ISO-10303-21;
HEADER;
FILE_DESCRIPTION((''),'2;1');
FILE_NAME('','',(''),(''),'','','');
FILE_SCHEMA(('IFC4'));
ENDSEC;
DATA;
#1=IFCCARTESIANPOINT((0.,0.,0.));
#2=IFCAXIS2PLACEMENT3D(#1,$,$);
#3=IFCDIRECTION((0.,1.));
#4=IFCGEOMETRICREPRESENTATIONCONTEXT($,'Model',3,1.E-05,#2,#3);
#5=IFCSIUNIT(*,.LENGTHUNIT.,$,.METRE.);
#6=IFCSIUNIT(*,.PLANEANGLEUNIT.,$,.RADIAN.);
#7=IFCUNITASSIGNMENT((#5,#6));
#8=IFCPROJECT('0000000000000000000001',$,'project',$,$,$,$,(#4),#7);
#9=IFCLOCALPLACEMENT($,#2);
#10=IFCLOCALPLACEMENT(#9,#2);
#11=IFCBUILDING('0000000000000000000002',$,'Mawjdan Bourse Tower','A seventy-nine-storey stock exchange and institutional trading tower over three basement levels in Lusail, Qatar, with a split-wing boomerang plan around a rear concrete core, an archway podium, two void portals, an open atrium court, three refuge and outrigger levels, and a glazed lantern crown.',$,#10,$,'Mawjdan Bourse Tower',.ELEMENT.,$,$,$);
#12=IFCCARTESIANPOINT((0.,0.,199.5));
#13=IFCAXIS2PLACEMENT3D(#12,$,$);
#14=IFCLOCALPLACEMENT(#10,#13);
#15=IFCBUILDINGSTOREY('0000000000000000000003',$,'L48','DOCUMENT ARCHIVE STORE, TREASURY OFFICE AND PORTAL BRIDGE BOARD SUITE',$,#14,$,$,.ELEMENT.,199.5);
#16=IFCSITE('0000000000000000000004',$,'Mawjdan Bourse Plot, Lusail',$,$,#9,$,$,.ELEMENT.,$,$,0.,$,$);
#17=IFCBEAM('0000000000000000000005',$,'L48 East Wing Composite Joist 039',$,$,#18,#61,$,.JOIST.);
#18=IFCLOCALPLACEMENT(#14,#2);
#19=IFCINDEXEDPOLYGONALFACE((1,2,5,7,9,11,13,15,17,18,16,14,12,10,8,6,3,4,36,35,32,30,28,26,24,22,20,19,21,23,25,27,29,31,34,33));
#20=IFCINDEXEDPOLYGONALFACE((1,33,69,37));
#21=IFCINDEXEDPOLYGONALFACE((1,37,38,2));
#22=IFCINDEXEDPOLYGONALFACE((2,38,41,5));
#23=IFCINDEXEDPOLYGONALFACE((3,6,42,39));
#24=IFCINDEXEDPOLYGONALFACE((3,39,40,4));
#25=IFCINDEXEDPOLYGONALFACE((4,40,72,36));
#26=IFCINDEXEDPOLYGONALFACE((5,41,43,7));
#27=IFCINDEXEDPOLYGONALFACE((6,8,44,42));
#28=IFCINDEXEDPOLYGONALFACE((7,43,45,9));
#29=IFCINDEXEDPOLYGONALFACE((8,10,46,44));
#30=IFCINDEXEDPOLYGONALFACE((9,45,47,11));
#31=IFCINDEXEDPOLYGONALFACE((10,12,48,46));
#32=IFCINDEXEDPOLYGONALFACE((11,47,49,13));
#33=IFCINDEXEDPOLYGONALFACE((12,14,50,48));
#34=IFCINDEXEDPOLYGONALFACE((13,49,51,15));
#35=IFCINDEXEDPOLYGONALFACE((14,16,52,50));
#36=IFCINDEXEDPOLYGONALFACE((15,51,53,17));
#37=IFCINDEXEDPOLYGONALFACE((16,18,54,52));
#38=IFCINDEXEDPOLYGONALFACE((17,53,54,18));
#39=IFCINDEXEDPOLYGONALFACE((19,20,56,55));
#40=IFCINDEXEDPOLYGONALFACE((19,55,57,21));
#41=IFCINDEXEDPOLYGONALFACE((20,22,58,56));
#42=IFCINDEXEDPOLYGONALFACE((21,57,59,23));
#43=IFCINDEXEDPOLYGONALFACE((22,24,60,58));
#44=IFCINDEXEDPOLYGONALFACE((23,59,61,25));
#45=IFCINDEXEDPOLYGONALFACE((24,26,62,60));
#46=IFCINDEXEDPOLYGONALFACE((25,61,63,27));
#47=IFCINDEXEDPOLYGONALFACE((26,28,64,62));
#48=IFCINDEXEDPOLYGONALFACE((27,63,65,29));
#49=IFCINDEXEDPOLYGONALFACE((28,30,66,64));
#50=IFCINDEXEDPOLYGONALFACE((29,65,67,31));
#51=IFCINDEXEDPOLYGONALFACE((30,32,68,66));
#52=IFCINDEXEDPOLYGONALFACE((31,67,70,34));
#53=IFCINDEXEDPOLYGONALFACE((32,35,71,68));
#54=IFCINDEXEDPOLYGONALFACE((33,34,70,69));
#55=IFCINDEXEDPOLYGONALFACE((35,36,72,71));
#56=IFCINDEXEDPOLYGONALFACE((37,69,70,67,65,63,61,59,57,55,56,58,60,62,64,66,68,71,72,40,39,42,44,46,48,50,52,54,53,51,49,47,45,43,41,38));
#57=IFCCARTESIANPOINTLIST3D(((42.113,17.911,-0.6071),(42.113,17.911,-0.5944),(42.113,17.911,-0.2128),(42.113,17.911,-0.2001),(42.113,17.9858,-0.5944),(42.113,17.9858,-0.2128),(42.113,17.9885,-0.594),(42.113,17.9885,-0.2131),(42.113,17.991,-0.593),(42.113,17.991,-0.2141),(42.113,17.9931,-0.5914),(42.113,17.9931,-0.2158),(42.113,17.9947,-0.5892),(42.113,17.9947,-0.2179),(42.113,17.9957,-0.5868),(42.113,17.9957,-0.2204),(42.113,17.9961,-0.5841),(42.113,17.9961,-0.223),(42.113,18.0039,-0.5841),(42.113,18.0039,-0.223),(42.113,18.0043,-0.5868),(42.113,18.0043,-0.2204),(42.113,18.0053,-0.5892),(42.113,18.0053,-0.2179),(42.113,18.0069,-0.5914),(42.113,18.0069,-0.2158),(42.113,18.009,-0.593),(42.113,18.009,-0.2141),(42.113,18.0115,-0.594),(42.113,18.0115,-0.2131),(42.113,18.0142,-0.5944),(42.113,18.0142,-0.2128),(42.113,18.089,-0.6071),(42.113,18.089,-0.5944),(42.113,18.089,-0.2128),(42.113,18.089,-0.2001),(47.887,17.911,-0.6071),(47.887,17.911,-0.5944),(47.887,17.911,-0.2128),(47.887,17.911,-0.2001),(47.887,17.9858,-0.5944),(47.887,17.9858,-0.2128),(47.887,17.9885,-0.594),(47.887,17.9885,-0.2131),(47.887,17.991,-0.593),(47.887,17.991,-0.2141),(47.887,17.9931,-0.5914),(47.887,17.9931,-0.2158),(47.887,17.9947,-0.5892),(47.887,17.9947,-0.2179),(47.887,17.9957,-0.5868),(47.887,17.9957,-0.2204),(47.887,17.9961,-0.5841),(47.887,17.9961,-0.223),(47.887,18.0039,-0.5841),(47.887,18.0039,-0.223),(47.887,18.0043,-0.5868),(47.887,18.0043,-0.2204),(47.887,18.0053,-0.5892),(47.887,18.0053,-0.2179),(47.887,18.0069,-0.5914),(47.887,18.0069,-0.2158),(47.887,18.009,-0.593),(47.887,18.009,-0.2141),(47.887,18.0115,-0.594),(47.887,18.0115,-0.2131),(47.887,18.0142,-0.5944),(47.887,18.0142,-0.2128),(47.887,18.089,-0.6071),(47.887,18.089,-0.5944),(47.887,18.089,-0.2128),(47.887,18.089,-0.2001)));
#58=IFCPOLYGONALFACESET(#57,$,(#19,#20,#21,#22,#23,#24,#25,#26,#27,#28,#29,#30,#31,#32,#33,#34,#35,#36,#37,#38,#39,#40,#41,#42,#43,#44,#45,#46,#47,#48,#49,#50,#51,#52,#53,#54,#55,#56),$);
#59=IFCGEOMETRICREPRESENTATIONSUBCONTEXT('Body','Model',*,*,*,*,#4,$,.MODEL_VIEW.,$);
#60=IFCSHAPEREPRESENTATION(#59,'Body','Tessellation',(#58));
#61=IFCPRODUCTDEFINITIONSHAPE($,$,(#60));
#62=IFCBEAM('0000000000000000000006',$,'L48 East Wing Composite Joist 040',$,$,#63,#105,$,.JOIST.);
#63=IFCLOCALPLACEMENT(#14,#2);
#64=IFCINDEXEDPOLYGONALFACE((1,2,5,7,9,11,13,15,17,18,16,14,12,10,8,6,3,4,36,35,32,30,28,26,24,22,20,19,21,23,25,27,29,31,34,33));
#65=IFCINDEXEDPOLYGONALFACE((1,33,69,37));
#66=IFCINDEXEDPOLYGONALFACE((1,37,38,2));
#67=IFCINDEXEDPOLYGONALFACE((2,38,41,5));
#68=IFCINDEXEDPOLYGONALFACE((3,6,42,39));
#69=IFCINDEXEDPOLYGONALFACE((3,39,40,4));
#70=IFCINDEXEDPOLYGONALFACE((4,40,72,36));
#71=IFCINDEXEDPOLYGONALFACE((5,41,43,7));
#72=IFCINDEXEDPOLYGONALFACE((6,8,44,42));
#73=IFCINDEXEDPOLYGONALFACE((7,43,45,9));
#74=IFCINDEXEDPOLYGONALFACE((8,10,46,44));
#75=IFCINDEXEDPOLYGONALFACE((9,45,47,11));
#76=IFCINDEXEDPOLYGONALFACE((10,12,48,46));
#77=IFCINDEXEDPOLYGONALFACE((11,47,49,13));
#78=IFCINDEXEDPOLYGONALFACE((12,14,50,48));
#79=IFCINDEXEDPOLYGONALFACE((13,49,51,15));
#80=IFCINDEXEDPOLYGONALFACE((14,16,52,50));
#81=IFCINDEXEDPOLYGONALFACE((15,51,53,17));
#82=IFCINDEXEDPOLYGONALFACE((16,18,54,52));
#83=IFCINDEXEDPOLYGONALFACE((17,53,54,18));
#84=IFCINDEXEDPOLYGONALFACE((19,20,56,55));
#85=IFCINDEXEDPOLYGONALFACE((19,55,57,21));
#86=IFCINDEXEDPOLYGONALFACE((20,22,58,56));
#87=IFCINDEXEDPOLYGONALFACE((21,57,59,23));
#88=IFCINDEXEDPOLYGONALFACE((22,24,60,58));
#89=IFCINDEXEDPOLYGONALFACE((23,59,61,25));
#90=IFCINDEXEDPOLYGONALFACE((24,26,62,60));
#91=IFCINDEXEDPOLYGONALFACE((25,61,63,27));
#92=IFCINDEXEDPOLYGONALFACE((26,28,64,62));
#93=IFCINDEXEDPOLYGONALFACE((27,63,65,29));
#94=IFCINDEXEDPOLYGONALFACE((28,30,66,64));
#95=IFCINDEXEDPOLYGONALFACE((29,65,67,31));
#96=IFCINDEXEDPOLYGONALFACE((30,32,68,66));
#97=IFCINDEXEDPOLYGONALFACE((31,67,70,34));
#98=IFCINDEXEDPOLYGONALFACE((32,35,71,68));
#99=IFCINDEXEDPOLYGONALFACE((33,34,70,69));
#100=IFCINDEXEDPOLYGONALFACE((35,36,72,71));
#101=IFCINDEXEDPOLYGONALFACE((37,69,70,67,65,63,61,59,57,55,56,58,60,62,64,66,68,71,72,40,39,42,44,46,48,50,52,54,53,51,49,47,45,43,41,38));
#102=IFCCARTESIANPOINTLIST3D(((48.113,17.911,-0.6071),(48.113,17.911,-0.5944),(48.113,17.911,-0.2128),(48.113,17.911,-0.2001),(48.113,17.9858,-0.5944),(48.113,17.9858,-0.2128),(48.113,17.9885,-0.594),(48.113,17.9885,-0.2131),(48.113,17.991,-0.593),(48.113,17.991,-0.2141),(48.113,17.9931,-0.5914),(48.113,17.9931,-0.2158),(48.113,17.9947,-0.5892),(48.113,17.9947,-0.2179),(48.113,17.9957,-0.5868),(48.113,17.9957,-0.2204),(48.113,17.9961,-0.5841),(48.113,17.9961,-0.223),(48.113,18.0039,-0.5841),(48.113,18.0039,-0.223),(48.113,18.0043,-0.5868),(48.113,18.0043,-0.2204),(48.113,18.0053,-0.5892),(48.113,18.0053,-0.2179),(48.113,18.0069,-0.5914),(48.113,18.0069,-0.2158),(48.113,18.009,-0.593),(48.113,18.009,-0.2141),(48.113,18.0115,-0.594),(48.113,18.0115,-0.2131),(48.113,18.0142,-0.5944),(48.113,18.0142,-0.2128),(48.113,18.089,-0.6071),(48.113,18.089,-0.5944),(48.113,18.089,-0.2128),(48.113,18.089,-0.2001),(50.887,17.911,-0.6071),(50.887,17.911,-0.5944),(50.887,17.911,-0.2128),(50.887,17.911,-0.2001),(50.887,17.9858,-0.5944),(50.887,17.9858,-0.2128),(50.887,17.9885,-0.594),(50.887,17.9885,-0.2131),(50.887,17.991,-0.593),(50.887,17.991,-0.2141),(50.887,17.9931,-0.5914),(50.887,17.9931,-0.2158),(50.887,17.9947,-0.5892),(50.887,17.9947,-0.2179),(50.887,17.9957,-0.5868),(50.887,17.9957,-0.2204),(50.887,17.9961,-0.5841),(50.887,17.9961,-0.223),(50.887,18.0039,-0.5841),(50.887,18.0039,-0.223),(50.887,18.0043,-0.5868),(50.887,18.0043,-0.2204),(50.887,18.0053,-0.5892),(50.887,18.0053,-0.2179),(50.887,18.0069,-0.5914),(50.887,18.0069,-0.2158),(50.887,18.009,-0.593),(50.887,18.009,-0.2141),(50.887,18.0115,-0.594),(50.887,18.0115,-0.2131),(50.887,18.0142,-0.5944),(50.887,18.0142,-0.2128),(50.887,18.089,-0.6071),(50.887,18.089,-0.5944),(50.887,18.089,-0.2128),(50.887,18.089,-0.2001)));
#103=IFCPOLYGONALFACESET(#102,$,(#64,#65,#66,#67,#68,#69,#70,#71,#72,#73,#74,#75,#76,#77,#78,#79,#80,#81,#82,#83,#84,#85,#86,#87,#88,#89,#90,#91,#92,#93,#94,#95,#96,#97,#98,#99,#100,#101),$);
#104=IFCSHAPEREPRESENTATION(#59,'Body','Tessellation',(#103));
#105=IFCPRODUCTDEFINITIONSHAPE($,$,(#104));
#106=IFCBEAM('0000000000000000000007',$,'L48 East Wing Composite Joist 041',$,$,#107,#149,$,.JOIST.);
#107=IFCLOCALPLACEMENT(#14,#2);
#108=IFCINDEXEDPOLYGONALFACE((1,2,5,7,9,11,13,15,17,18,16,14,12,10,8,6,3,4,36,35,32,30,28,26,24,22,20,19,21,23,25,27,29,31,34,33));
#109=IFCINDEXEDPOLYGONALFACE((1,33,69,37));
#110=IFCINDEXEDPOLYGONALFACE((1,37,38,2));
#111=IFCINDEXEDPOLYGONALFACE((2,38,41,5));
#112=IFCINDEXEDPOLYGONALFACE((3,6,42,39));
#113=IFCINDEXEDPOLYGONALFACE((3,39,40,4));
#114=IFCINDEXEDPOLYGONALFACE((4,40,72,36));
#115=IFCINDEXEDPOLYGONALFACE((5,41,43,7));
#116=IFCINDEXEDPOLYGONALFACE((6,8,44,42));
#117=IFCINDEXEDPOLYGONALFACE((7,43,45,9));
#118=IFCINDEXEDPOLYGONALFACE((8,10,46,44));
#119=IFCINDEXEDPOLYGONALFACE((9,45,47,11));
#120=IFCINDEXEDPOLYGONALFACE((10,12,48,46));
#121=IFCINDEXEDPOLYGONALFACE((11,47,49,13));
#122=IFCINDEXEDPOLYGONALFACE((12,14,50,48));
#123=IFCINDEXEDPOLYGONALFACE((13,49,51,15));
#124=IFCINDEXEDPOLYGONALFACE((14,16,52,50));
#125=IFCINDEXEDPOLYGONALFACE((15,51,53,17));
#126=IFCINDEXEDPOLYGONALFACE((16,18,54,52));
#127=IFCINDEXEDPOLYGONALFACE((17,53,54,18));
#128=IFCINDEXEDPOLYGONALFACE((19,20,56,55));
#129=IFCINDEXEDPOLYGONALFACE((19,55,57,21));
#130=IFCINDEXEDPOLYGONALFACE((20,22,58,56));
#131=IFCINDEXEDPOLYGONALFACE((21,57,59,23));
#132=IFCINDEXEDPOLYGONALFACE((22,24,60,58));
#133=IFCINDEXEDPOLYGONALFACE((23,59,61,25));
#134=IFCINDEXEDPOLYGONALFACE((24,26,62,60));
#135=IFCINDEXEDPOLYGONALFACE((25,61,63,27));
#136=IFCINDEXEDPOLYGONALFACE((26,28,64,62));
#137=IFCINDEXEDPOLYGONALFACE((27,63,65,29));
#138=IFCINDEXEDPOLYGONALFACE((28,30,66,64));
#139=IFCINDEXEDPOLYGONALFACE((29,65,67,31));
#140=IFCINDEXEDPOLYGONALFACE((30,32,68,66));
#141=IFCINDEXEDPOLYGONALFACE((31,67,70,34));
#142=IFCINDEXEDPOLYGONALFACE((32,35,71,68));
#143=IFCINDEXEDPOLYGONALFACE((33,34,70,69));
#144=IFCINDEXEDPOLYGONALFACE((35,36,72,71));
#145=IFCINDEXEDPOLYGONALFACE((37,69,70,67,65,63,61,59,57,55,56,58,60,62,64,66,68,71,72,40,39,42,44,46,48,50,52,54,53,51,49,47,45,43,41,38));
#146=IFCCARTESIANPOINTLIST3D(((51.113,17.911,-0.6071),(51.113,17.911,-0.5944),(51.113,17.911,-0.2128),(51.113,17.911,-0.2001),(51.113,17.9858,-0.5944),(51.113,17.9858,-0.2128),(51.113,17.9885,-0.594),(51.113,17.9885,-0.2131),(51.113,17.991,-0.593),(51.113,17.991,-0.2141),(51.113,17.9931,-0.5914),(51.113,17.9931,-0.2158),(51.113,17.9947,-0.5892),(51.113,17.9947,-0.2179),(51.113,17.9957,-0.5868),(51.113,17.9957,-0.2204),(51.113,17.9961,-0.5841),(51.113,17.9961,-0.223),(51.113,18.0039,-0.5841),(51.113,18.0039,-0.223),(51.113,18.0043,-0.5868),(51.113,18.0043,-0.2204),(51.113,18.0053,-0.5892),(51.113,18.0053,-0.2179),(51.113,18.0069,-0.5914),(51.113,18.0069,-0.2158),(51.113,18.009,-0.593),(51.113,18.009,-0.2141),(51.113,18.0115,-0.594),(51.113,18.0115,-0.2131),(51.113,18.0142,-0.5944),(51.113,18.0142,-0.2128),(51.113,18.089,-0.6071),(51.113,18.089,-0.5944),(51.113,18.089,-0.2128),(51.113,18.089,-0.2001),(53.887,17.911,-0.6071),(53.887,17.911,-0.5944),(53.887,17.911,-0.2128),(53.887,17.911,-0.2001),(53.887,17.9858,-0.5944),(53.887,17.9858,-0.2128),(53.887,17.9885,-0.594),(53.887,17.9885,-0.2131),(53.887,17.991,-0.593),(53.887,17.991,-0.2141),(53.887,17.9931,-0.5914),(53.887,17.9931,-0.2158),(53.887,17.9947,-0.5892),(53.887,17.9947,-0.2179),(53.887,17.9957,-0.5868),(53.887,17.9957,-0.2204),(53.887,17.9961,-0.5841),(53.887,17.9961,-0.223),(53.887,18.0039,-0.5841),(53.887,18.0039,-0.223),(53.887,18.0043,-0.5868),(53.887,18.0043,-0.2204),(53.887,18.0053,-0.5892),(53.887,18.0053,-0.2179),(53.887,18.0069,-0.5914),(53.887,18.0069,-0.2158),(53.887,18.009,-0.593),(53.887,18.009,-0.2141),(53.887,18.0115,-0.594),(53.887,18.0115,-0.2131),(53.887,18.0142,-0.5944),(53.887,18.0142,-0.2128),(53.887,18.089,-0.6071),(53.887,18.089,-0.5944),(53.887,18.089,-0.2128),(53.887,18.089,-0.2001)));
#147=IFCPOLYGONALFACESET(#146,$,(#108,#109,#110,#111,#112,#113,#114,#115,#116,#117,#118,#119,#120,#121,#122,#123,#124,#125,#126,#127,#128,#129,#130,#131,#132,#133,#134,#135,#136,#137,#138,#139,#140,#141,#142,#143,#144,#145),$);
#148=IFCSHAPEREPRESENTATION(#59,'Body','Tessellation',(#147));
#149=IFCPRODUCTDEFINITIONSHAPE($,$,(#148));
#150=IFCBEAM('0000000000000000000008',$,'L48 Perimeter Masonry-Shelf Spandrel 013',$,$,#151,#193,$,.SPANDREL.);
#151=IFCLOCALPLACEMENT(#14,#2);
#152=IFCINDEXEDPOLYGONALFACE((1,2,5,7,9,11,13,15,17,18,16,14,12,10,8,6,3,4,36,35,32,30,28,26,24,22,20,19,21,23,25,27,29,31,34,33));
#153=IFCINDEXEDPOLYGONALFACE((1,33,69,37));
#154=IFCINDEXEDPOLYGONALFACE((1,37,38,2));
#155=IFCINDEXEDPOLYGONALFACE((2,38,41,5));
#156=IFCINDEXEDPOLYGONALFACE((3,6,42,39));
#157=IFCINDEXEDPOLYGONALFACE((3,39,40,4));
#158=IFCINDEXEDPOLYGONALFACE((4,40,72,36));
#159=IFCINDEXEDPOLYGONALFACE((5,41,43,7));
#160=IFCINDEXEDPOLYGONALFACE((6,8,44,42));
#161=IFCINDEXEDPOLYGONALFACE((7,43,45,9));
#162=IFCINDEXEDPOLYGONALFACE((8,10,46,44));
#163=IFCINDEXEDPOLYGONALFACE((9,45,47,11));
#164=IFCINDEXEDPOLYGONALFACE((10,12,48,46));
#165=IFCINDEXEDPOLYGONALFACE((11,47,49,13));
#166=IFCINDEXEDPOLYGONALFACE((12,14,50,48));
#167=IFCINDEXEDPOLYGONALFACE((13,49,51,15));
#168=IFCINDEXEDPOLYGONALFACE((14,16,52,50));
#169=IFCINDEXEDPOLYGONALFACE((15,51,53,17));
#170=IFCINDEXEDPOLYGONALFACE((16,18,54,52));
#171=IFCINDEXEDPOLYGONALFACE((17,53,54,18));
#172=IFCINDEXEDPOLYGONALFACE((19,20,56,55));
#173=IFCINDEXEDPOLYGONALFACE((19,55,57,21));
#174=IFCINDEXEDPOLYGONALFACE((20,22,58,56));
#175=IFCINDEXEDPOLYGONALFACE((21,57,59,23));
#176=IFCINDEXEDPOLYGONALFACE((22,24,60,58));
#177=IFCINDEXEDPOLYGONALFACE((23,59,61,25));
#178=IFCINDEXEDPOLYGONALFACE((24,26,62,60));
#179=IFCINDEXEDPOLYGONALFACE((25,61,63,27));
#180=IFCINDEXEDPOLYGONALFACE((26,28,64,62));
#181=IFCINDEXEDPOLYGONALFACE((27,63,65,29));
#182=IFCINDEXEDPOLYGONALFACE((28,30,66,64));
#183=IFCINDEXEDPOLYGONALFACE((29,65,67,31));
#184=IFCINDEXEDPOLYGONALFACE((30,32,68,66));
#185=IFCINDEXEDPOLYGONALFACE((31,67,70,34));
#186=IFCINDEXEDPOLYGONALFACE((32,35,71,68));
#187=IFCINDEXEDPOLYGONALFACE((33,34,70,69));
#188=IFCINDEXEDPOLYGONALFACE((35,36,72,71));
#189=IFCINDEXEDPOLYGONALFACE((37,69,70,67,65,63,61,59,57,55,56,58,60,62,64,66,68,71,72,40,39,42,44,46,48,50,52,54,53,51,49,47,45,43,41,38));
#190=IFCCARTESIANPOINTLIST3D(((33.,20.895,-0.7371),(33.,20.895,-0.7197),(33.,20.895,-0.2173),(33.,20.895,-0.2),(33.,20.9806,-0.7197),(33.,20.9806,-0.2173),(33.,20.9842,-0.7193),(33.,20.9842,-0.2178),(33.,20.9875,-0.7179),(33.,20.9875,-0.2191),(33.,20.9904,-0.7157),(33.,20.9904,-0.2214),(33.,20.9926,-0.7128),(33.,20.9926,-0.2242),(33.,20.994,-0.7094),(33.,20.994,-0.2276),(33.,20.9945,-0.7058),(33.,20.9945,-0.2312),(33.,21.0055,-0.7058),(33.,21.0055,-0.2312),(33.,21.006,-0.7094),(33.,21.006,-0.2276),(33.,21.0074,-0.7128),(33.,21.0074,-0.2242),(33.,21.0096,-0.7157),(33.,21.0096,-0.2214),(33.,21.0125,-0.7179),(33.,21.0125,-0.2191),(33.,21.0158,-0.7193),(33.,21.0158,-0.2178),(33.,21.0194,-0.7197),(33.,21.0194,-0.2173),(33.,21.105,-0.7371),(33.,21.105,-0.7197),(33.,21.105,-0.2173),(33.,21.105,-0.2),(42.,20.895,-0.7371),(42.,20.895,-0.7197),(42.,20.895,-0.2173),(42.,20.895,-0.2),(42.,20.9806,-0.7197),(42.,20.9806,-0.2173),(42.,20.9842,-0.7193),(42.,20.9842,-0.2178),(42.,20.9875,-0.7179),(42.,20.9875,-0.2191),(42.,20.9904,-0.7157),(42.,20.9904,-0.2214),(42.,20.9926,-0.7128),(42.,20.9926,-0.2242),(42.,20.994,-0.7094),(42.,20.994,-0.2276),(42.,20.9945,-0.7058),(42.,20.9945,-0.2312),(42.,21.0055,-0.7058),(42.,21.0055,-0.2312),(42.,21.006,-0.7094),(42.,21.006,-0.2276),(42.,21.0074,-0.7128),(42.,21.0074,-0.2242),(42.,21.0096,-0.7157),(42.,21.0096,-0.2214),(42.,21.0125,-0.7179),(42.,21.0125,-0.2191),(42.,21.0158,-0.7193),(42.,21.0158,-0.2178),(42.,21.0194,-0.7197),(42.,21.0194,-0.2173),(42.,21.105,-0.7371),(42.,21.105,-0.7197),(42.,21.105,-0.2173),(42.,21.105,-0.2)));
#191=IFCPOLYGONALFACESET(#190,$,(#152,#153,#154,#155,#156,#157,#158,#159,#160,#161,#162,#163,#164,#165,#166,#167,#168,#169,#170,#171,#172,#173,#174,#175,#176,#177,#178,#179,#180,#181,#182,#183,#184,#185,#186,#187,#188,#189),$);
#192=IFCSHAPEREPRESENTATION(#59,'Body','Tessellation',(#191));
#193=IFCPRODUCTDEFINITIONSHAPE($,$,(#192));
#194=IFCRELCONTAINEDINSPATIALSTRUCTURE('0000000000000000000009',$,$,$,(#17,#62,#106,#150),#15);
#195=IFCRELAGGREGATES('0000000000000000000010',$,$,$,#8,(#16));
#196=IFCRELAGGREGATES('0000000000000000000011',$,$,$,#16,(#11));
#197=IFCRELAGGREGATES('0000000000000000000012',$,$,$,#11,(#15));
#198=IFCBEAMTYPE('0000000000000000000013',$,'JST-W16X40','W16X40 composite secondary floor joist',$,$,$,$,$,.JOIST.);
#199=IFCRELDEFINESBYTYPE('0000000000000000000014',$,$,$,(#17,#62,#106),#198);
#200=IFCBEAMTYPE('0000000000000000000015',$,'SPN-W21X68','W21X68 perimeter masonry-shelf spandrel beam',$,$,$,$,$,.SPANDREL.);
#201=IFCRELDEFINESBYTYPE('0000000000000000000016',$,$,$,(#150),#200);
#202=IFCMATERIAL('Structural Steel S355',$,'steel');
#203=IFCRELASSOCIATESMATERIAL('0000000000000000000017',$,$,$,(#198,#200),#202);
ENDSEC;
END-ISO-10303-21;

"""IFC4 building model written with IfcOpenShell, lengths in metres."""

from ifc_helpers import new_model, si_unit, direction, frame, origin, origin_2d, place, context, subcontext, project, spatial, i_section, extrude, material, material_profile, profile_set, type_object, element, save


model = new_model("IFC4")

# Units and contexts
model_context = context("Model", 3, precision=1e-05, world=origin(), true_north=direction((0.0, 1.0)))
body_context = subcontext(model_context, "Body", "Model", "MODEL_VIEW")
ifc_project = project(units=[si_unit("LENGTHUNIT", "METRE"), si_unit("PLANEANGLEUNIT", "RADIAN")], contexts=[model_context])

# Site, building, storey
site_placement = place(None, origin())
site = spatial("IfcSite", under=ifc_project, at=site_placement, Name="Mawjdan Bourse Plot, Lusail", CompositionType="ELEMENT", RefElevation=0.0)
building_placement = place(site_placement, origin())
building = spatial("IfcBuilding", under=site, at=building_placement, Name="Mawjdan Bourse Tower", Description="A seventy-nine-storey stock exchange and institutional trading tower over three basement levels in Lusail, Qatar, with a split-wing boomerang plan around a rear concrete core, an archway podium, two void portals, an open atrium court, three refuge and outrigger levels, and a glazed lantern crown.", LongName="Mawjdan Bourse Tower", CompositionType="ELEMENT")
storey_placement = place(building_placement, frame((0.0, 0.0, 199.5)))
storey = spatial("IfcBuildingStorey", under=building, at=storey_placement, Name="L48", Description="DOCUMENT ARCHIVE STORE, TREASURY OFFICE AND PORTAL BRIDGE BOARD SUITE", CompositionType="ELEMENT", Elevation=199.5)

# Shared definitions
ifc_material_1 = material(Name="Structural Steel S355", Category="steel")

# Beams
ifc_material_profile_1 = material_profile(ifc_material_1, i_section(OverallWidth=0.178, OverallDepth=0.407, WebThickness=0.0078, FlangeThickness=0.0127, FilletRadius=0.0103, at=origin_2d()), Name="W16X40")
ifc_profile_set_1 = profile_set([ifc_material_profile_1], Name="Structural Steel S355")
beam_type_1 = type_object("IfcBeamType", Name="JST-W16X40", Description="W16X40 composite secondary floor joist", PredefinedType="JOIST", material=ifc_profile_set_1)
beam_1_placement = place(storey_placement, frame((42.113, 18.0, -0.4036), z_axis=(1.0, 0.0, 0.0), x_axis=(0.0, 1.0, 0.0)))
element("IfcBeam", 1, at=beam_1_placement, inside=storey, type_object=beam_type_1, Name="L48 East Wing Composite Joist 039", PredefinedType="JOIST", context=body_context, shape_type="SweptSolid", body=[
    extrude(i_section(OverallWidth=0.178, OverallDepth=0.407, WebThickness=0.0078, FlangeThickness=0.0127, FilletRadius=0.0103, at=origin_2d()), origin(), (0.0, 0.0, 1.0), 5.7739),
])
for number, where, z_axis, x_axis, name in (
    (2, (48.113, 18.0, -0.4036), (1.0, 0.0, 0.0), (0.0, 1.0, 0.0), "L48 East Wing Composite Joist 040"),
    (3, (51.113, 18.0, -0.4036), (1.0, 0.0, 0.0), (0.0, 1.0, 0.0), "L48 East Wing Composite Joist 041"),
):
    element("IfcBeam", number, at=place(storey_placement, frame(where, z_axis=z_axis, x_axis=x_axis)), inside=storey, type_object=beam_type_1, Name=name, PredefinedType="JOIST", context=body_context, shape_type="SweptSolid", body=[
        extrude(i_section(OverallWidth=0.178, OverallDepth=0.407, WebThickness=0.0078, FlangeThickness=0.0127, FilletRadius=0.0103, at=origin_2d()), origin(), (0.0, 0.0, 1.0), 2.7739),
    ])
ifc_material_profile_2 = material_profile(ifc_material_1, i_section(OverallWidth=0.21, OverallDepth=0.5371, WebThickness=0.011, FlangeThickness=0.0173, FilletRadius=0.0139, at=origin_2d()), Name="W21X68")
ifc_profile_set_2 = profile_set([ifc_material_profile_2], Name="Structural Steel S355")
beam_type_2 = type_object("IfcBeamType", Name="SPN-W21X68", Description="W21X68 perimeter masonry-shelf spandrel beam", PredefinedType="SPANDREL", material=ifc_profile_set_2)
beam_2_placement = place(storey_placement, frame((33.0, 21.0, -0.4685), z_axis=(1.0, 0.0, 0.0), x_axis=(0.0, 1.0, 0.0)))
element("IfcBeam", 4, at=beam_2_placement, inside=storey, type_object=beam_type_2, Name="L48 Perimeter Masonry-Shelf Spandrel 013", PredefinedType="SPANDREL", context=body_context, shape_type="SweptSolid", body=[
    extrude(i_section(OverallWidth=0.21, OverallDepth=0.5371, WebThickness=0.011, FlangeThickness=0.0173, FilletRadius=0.0139, at=origin_2d()), origin(), (0.0, 0.0, 1.0), 9.0),
])

save(model, "model.ifc")
